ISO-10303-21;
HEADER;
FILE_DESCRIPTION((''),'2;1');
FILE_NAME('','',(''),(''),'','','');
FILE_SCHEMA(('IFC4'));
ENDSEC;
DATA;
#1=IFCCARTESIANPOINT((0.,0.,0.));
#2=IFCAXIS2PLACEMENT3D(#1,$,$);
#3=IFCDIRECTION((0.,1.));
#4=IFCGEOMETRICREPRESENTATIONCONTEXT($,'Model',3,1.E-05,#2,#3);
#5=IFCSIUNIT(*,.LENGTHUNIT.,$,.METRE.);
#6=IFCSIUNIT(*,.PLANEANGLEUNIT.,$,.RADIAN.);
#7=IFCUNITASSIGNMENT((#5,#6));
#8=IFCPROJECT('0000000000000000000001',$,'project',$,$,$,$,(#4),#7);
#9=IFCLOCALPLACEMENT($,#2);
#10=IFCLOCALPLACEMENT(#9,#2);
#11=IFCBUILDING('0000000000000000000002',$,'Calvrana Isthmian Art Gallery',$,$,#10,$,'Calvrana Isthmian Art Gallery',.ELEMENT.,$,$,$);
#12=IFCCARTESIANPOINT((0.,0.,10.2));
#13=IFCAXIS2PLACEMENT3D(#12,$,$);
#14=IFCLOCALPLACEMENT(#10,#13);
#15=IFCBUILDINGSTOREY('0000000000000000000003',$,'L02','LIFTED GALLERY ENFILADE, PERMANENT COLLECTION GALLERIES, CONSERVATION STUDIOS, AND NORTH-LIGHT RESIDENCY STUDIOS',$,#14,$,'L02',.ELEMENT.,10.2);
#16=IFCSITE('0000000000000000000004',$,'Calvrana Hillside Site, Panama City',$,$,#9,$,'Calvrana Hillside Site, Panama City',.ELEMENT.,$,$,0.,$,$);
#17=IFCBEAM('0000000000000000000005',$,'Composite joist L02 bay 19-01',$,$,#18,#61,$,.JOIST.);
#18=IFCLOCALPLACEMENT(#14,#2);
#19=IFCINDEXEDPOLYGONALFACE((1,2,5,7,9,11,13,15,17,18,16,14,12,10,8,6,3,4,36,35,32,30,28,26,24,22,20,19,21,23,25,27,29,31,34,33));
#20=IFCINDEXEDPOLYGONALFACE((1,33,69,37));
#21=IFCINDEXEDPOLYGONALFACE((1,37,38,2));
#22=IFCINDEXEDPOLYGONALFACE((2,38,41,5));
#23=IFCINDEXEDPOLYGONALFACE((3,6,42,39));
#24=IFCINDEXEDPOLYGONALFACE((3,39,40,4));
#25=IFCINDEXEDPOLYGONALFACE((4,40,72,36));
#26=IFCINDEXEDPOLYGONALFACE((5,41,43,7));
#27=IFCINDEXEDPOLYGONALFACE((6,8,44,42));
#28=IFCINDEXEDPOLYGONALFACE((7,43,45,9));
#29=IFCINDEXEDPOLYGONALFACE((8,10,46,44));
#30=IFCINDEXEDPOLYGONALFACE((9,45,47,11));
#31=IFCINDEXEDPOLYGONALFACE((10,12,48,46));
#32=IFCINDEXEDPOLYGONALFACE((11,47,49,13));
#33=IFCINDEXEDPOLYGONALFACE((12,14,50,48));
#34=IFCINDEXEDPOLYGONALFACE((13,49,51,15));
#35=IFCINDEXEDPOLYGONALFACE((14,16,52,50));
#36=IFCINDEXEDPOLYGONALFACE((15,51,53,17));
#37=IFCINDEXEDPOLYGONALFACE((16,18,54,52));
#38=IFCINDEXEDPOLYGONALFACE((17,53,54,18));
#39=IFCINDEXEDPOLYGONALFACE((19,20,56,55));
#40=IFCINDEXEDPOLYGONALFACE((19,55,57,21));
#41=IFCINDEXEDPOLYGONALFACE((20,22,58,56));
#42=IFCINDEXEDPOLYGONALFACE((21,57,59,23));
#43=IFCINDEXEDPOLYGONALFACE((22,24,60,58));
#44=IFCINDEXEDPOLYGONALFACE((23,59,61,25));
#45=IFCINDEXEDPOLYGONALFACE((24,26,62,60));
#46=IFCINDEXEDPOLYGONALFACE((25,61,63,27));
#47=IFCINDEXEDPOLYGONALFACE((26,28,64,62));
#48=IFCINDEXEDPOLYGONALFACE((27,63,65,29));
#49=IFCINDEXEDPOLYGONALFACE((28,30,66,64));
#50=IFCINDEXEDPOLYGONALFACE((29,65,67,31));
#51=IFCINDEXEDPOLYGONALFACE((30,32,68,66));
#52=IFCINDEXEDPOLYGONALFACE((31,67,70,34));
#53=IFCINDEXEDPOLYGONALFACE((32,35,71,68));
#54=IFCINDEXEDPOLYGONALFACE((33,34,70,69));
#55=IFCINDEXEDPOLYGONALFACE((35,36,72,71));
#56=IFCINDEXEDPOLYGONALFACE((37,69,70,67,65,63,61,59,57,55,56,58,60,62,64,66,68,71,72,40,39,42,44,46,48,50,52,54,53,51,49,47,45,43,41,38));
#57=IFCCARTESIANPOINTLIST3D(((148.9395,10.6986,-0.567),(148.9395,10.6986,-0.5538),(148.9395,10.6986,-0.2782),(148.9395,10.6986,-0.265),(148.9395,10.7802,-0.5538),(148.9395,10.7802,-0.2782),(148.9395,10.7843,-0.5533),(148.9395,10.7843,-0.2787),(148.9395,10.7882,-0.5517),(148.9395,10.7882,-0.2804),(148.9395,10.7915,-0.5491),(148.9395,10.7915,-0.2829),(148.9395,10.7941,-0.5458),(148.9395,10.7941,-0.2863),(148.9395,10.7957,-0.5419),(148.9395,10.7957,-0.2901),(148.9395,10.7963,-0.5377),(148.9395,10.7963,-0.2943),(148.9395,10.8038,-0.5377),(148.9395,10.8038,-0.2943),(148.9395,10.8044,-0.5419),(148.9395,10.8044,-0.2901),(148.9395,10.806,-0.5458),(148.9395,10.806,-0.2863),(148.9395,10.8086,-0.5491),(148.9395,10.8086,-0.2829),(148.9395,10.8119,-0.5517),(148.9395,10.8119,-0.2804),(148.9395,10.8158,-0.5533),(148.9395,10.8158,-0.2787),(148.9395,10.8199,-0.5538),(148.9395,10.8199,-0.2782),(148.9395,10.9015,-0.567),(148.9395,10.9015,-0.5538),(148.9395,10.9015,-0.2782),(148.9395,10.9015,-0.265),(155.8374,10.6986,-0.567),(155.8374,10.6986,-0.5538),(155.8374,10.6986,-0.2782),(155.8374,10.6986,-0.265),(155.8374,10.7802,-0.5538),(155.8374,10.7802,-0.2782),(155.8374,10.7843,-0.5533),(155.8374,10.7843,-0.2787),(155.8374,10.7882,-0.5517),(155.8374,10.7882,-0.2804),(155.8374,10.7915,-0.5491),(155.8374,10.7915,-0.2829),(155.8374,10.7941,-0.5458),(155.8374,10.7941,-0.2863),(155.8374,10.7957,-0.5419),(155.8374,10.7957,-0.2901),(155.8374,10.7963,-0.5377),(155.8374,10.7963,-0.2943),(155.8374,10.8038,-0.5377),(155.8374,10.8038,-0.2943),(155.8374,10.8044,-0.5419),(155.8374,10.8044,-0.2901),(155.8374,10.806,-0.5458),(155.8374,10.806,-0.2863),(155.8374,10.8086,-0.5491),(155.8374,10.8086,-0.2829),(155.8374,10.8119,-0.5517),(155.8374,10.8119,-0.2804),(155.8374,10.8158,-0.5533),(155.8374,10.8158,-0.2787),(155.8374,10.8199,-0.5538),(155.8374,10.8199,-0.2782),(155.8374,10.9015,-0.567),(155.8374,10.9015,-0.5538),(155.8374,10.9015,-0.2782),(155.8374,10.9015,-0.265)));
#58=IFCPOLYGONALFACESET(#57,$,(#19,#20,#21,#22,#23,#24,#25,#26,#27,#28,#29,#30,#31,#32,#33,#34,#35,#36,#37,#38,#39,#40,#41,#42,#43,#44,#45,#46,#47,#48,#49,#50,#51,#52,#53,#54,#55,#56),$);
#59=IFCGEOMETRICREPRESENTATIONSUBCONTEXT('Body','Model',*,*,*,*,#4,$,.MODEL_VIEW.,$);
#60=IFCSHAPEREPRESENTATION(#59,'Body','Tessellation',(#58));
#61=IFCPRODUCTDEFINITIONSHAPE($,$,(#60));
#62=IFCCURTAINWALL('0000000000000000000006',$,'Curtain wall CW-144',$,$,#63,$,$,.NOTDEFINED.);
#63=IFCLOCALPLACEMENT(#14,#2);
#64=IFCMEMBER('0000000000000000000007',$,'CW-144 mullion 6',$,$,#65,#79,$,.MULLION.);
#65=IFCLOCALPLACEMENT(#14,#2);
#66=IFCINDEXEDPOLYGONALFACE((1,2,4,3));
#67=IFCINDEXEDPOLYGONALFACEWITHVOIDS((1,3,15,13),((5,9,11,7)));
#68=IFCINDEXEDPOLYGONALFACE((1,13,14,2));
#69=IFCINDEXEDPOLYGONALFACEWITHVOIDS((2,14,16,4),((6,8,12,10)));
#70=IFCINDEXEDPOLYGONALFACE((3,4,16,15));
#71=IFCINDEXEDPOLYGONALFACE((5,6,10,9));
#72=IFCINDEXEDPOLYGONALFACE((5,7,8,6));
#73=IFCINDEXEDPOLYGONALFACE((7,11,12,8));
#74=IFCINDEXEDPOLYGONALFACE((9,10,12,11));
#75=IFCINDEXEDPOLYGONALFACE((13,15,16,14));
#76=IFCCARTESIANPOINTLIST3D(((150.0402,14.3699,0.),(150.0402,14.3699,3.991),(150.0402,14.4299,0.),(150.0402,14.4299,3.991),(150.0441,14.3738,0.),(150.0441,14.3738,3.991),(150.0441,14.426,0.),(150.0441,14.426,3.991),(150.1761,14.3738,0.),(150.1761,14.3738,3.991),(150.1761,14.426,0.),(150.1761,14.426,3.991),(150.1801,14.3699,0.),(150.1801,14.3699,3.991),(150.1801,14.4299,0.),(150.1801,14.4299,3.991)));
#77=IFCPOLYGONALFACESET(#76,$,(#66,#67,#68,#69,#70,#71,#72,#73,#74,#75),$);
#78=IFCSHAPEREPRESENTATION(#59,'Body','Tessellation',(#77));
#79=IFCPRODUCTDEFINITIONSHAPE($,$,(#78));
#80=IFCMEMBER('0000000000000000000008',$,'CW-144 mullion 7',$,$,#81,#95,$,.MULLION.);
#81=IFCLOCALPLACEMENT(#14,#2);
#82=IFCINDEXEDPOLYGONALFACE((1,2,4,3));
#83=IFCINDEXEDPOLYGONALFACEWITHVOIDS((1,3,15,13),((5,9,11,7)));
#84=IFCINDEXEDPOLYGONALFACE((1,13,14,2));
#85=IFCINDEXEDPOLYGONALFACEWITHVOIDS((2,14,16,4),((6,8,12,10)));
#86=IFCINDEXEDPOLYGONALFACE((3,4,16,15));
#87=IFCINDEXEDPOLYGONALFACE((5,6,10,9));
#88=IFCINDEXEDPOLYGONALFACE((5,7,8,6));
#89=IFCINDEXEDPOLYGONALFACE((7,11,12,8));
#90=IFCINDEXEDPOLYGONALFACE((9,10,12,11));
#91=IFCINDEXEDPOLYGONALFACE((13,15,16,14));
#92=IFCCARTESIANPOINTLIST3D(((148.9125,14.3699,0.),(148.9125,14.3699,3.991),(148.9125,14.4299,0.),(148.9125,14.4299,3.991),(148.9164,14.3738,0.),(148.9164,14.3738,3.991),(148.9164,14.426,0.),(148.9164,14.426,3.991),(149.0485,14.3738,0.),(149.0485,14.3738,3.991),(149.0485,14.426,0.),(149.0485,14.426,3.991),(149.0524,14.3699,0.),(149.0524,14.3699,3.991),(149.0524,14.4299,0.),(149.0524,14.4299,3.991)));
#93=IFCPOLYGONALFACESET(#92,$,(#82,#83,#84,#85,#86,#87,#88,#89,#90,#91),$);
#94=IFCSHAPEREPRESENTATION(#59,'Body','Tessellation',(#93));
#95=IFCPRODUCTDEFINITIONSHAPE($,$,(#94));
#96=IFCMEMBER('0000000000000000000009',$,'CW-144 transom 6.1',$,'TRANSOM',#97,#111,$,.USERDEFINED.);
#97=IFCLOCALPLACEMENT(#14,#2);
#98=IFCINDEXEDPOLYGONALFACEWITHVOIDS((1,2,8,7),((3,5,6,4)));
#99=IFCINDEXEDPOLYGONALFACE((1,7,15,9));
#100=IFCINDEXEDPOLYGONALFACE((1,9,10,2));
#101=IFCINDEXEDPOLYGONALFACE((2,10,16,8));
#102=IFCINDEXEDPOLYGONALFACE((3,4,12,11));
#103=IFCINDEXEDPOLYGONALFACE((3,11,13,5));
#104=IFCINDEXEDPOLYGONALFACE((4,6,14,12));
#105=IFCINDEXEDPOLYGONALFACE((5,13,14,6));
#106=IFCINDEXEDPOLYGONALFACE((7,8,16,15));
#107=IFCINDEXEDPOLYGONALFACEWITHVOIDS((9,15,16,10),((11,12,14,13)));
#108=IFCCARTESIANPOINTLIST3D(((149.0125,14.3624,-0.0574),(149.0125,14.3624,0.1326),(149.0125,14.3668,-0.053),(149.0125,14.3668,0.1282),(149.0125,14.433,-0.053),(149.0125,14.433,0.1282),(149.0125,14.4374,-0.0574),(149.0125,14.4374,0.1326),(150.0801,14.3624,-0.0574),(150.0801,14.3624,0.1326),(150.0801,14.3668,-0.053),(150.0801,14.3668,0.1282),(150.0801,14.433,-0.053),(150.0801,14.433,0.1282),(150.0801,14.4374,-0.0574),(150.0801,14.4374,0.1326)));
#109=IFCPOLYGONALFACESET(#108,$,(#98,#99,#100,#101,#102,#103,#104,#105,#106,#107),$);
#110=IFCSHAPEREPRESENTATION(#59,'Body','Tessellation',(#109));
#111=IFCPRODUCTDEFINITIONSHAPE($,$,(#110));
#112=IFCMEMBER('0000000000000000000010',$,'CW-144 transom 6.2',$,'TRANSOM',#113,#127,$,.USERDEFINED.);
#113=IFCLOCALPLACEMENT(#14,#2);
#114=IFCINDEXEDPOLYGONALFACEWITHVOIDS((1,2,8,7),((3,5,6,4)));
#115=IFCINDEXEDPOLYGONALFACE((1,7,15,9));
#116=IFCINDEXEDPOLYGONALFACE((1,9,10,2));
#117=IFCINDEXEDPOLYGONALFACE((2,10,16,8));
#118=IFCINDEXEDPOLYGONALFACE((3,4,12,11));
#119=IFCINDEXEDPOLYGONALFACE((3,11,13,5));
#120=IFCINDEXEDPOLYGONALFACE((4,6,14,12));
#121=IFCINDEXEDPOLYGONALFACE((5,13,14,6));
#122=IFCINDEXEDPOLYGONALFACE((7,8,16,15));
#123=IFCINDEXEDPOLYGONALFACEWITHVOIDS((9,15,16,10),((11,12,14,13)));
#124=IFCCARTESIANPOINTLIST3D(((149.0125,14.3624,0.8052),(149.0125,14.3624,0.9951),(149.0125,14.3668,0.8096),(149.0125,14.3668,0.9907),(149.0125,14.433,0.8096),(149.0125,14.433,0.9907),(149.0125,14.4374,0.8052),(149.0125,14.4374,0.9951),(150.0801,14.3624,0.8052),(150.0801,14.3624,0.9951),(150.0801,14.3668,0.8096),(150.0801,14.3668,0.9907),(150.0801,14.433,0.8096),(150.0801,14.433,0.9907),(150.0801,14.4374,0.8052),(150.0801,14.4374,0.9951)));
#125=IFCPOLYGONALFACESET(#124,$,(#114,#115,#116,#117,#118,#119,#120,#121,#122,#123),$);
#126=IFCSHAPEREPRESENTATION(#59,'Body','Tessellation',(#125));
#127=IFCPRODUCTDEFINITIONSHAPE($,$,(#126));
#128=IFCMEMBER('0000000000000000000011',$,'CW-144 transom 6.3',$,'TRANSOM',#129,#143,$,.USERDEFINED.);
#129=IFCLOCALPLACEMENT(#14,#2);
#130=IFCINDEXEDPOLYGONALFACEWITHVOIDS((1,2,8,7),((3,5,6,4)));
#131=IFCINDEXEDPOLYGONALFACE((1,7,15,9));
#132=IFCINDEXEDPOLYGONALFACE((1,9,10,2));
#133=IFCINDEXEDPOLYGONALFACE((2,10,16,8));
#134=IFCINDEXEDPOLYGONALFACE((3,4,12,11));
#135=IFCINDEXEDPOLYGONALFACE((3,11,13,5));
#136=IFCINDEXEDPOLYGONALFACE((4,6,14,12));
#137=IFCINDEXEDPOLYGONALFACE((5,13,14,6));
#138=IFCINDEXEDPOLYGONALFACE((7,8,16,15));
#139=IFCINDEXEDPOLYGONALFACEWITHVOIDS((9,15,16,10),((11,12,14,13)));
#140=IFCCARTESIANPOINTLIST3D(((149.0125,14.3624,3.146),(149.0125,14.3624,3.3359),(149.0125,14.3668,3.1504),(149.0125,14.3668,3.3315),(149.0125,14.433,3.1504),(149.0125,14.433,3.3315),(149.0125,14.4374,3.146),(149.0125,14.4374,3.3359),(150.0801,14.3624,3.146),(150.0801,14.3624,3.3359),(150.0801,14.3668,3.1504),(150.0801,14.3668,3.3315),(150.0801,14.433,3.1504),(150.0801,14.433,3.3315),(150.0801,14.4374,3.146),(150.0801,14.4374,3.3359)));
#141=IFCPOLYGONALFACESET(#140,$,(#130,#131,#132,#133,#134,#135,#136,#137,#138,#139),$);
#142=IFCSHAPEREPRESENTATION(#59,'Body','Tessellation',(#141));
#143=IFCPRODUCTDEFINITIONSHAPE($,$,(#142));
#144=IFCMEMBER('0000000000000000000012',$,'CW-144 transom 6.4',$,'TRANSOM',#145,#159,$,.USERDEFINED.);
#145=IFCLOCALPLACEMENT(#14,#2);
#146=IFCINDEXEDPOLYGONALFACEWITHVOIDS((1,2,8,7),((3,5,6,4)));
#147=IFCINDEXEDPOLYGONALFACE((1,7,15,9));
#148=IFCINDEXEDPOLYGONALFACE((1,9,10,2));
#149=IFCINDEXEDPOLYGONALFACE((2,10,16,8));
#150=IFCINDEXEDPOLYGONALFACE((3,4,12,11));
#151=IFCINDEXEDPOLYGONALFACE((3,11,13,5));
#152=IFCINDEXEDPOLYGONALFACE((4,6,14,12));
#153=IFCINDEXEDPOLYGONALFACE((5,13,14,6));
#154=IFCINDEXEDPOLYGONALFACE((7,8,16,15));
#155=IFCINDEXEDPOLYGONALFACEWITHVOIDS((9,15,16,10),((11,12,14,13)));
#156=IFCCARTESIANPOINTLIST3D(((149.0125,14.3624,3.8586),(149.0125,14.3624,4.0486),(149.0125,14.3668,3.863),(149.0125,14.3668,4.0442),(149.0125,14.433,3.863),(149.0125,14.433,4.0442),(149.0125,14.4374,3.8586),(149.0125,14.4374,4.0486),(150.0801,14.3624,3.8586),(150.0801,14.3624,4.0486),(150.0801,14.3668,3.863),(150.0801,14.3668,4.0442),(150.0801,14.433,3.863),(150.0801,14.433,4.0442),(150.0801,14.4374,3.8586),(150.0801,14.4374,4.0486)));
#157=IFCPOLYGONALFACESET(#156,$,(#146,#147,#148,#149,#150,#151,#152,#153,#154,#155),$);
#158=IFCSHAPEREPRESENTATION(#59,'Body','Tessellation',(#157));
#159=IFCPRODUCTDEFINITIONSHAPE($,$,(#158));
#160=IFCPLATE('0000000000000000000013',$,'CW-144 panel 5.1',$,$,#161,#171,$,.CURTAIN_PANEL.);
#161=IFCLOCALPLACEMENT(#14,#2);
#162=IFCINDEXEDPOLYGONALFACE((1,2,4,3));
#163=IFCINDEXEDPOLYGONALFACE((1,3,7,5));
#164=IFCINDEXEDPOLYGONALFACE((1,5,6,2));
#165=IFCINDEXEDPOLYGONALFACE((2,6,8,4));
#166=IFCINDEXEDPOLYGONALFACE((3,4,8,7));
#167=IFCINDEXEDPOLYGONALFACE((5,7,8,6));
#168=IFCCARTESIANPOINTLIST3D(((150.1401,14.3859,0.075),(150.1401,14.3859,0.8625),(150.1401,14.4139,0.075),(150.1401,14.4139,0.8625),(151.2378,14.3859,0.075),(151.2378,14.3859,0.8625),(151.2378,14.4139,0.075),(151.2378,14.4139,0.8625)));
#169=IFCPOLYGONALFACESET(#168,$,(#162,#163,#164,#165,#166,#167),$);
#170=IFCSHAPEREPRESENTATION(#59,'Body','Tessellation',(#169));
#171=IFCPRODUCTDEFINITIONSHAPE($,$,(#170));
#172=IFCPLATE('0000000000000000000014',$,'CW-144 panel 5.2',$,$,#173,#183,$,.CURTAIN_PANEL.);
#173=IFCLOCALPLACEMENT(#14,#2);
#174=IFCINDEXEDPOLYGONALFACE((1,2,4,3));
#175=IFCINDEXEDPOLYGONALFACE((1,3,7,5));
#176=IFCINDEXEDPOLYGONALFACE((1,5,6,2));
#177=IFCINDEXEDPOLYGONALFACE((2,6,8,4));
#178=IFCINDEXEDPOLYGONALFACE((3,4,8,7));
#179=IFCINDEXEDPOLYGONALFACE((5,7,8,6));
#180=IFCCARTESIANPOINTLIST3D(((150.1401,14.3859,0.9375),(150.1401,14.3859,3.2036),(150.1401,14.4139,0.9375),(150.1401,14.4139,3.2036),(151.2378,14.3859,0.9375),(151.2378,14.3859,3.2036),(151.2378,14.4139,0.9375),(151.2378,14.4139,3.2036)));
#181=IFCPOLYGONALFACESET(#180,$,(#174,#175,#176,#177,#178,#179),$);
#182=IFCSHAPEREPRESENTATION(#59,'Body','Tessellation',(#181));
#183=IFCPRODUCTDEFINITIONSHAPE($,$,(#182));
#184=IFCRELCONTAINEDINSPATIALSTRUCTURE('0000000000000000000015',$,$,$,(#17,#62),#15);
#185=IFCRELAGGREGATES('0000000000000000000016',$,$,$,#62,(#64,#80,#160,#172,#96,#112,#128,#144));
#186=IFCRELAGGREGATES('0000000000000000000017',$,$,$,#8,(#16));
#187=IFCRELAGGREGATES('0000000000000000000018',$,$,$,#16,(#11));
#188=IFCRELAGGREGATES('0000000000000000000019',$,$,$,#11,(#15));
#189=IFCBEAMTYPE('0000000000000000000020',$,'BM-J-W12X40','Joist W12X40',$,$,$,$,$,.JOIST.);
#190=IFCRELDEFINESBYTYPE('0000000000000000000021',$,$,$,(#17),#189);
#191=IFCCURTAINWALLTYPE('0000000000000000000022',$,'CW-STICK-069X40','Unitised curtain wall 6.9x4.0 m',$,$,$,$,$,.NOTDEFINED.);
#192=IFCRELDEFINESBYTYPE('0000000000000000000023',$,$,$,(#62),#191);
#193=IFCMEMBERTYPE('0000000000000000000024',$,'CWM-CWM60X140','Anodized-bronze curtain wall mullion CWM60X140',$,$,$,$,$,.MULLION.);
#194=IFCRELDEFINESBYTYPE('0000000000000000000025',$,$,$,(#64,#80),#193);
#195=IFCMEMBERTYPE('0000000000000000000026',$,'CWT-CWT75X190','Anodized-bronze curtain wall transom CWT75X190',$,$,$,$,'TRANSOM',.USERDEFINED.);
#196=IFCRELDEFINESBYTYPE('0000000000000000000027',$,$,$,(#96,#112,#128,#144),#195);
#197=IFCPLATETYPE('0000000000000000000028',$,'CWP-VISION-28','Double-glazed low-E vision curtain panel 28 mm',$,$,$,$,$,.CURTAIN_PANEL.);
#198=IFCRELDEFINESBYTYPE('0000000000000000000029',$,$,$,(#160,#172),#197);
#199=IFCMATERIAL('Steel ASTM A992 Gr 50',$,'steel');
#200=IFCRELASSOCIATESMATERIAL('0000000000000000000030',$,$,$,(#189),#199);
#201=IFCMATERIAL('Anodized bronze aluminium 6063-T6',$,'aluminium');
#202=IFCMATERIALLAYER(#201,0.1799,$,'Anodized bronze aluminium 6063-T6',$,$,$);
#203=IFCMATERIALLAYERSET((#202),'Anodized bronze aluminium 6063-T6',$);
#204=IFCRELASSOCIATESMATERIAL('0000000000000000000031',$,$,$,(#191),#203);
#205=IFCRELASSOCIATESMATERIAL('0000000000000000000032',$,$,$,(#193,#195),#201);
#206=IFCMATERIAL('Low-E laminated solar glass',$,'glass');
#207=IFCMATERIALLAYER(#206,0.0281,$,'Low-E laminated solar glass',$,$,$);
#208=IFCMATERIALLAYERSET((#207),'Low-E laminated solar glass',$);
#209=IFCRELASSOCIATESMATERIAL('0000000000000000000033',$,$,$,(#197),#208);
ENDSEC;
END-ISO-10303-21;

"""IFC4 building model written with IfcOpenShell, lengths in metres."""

from ifc_helpers import new_model, si_unit, direction, frame, origin, origin_2d, place, context, subcontext, project, spatial, rectangle, hollow_rectangle, i_section, extrude, material, layer, layer_set, material_profile, profile_set, type_object, element, aggregate, save


model = new_model("IFC4")

# Units and contexts
model_context = context("Model", 3, precision=1e-05, world=origin(), true_north=direction((0.0, 1.0)))
body_context = subcontext(model_context, "Body", "Model", "MODEL_VIEW")
ifc_project = project(units=[si_unit("LENGTHUNIT", "METRE"), si_unit("PLANEANGLEUNIT", "RADIAN")], contexts=[model_context])

# Site, building, storey
site_placement = place(None, origin())
site = spatial("IfcSite", under=ifc_project, at=site_placement, Name="Calvrana Hillside Site, Panama City", LongName="Calvrana Hillside Site, Panama City", CompositionType="ELEMENT", RefElevation=0.0)
building_placement = place(site_placement, origin())
building = spatial("IfcBuilding", under=site, at=building_placement, Name="Calvrana Isthmian Art Gallery", LongName="Calvrana Isthmian Art Gallery", CompositionType="ELEMENT")
storey_placement = place(building_placement, frame((0.0, 0.0, 10.2)))
storey = spatial("IfcBuildingStorey", under=building, at=storey_placement, Name="L02", Description="LIFTED GALLERY ENFILADE, PERMANENT COLLECTION GALLERIES, CONSERVATION STUDIOS, AND NORTH-LIGHT RESIDENCY STUDIOS", LongName="L02", CompositionType="ELEMENT", Elevation=10.2)

# Beam
ifc_material_1 = material(Name="Steel ASTM A992 Gr 50", Category="steel")
ifc_material_profile_1 = material_profile(ifc_material_1, i_section(OverallWidth=0.2029, OverallDepth=0.302, WebThickness=0.0076, FlangeThickness=0.0132, FilletRadius=0.0161, at=origin_2d()), Name="W12X40")
ifc_profile_set_1 = profile_set([ifc_material_profile_1], Name="Steel ASTM A992 Gr 50")
beam_type_1 = type_object("IfcBeamType", Name="BM-J-W12X40", Description="Joist W12X40", PredefinedType="JOIST", material=ifc_profile_set_1)
beam_1_placement = place(storey_placement, frame((148.9395, 10.8, -0.416), z_axis=(1.0, 0.0, 0.0), x_axis=(0.0, 1.0, 0.0)))
element("IfcBeam", 1, at=beam_1_placement, inside=storey, type_object=beam_type_1, Name="Composite joist L02 bay 19-01", PredefinedType="JOIST", context=body_context, shape_type="SweptSolid", body=[
    extrude(i_section(OverallWidth=0.2029, OverallDepth=0.302, WebThickness=0.0076, FlangeThickness=0.0132, FilletRadius=0.0161, at=origin_2d()), origin(), (0.0, 0.0, 1.0), 6.8979),
])

# Curtain wall, members, plates
ifc_material_2 = material(Name="Anodized bronze aluminium 6063-T6", Category="aluminium")
ifc_layer_1 = layer(ifc_material_2, 0.1799, Name="Anodized bronze aluminium 6063-T6")
ifc_layer_set_1 = layer_set([ifc_layer_1], Name="Anodized bronze aluminium 6063-T6")
curtain_wall_type = type_object("IfcCurtainWallType", Name="CW-STICK-069X40", Description="Unitised curtain wall 6.9x4.0 m", PredefinedType="NOTDEFINED", material=ifc_layer_set_1)
curtain_wall_placement = place(storey_placement, origin())
curtain_wall = element("IfcCurtainWall", 2, at=curtain_wall_placement, inside=storey, type_object=curtain_wall_type, Name="Curtain wall CW-144", PredefinedType="NOTDEFINED")
ifc_material_profile_2 = material_profile(ifc_material_2, hollow_rectangle(XDim=0.0601, YDim=0.1399, WallThickness=0.0039, at=origin_2d()), Name="CWM60X140")
ifc_profile_set_2 = profile_set([ifc_material_profile_2], Name="Anodized bronze aluminium 6063-T6")
member_type_1 = type_object("IfcMemberType", Name="CWM-CWM60X140", Description="Anodized-bronze curtain wall mullion CWM60X140", PredefinedType="MULLION", material=ifc_profile_set_2)
member_1_placement = place(storey_placement, frame((150.1101, 14.3999, 0.0), z_axis=(0.0, 0.0, 1.0), x_axis=(0.0, -1.0, 0.0)))
member_1 = element("IfcMember", 3, at=member_1_placement, type_object=member_type_1, Name="CW-144 mullion 6", PredefinedType="MULLION", context=body_context, shape_type="SweptSolid", body=[
    extrude(hollow_rectangle(XDim=0.0601, YDim=0.1399, WallThickness=0.0039, at=origin_2d()), origin(), (0.0, 0.0, 1.0), 3.991),
])
member_2_placement = place(storey_placement, frame((148.9824, 14.3999, 0.0), z_axis=(0.0, 0.0, 1.0), x_axis=(0.0, -1.0, 0.0)))
member_2 = element("IfcMember", 4, at=member_2_placement, type_object=member_type_1, Name="CW-144 mullion 7", PredefinedType="MULLION", context=body_context, shape_type="SweptSolid", body=[
    extrude(hollow_rectangle(XDim=0.0601, YDim=0.1399, WallThickness=0.0039, at=origin_2d()), origin(), (0.0, 0.0, 1.0), 3.991),
])
ifc_material_profile_3 = material_profile(ifc_material_2, hollow_rectangle(XDim=0.075, YDim=0.1899, WallThickness=0.0044, at=origin_2d()), Name="CWT75X190")
ifc_profile_set_3 = profile_set([ifc_material_profile_3], Name="Anodized bronze aluminium 6063-T6")
member_type_2 = type_object("IfcMemberType", Name="CWT-CWT75X190", Description="Anodized-bronze curtain wall transom CWT75X190", ElementType="TRANSOM", PredefinedType="USERDEFINED", material=ifc_profile_set_3)
member_3_placement = place(storey_placement, frame((150.0801, 14.3999, 0.0376), z_axis=(-1.0, 0.0, 0.0), x_axis=(0.0, -1.0, 0.0)))
member_3 = element("IfcMember", 5, at=member_3_placement, type_object=member_type_2, Name="CW-144 transom 6.1", ObjectType="TRANSOM", PredefinedType="USERDEFINED", context=body_context, shape_type="SweptSolid", body=[
    extrude(hollow_rectangle(XDim=0.075, YDim=0.1899, WallThickness=0.0044, at=origin_2d()), origin(), (0.0, 0.0, 1.0), 1.0676),
])
member_4_placement = place(storey_placement, frame((150.0801, 14.3999, 0.9001), z_axis=(-1.0, 0.0, 0.0), x_axis=(0.0, -1.0, 0.0)))
member_4 = element("IfcMember", 6, at=member_4_placement, type_object=member_type_2, Name="CW-144 transom 6.2", ObjectType="TRANSOM", PredefinedType="USERDEFINED", context=body_context, shape_type="SweptSolid", body=[
    extrude(hollow_rectangle(XDim=0.075, YDim=0.1899, WallThickness=0.0044, at=origin_2d()), origin(), (0.0, 0.0, 1.0), 1.0676),
])
member_5_placement = place(storey_placement, frame((150.0801, 14.3999, 3.241), z_axis=(-1.0, 0.0, 0.0), x_axis=(0.0, -1.0, 0.0)))
member_5 = element("IfcMember", 7, at=member_5_placement, type_object=member_type_2, Name="CW-144 transom 6.3", ObjectType="TRANSOM", PredefinedType="USERDEFINED", context=body_context, shape_type="SweptSolid", body=[
    extrude(hollow_rectangle(XDim=0.075, YDim=0.1899, WallThickness=0.0044, at=origin_2d()), origin(), (0.0, 0.0, 1.0), 1.0676),
])
member_6_placement = place(storey_placement, frame((150.0801, 14.3999, 3.9536), z_axis=(-1.0, 0.0, 0.0), x_axis=(0.0, -1.0, 0.0)))
member_6 = element("IfcMember", 8, at=member_6_placement, type_object=member_type_2, Name="CW-144 transom 6.4", ObjectType="TRANSOM", PredefinedType="USERDEFINED", context=body_context, shape_type="SweptSolid", body=[
    extrude(hollow_rectangle(XDim=0.075, YDim=0.1899, WallThickness=0.0044, at=origin_2d()), origin(), (0.0, 0.0, 1.0), 1.0676),
])
ifc_material_3 = material(Name="Low-E laminated solar glass", Category="glass")
ifc_layer_2 = layer(ifc_material_3, 0.0281, Name="Low-E laminated solar glass")
ifc_layer_set_2 = layer_set([ifc_layer_2], Name="Low-E laminated solar glass")
plate_type_1 = type_object("IfcPlateType", Name="CWP-VISION-28", Description="Double-glazed low-E vision curtain panel 28 mm", PredefinedType="CURTAIN_PANEL", material=ifc_layer_set_2)
plate_1_placement = place(storey_placement, frame((150.689, 14.3999, 0.075), z_axis=(0.0, 0.0, 1.0), x_axis=(-1.0, 0.0, 0.0)))
plate_1 = element("IfcPlate", 9, at=plate_1_placement, type_object=plate_type_1, Name="CW-144 panel 5.1", PredefinedType="CURTAIN_PANEL", context=body_context, shape_type="SweptSolid", body=[
    extrude(rectangle(XDim=1.0977, YDim=0.0281, at=origin_2d()), origin(), (0.0, 0.0, 1.0), 0.7876),
])
plate_2_placement = place(storey_placement, frame((150.689, 14.3999, 0.9375), z_axis=(0.0, 0.0, 1.0), x_axis=(-1.0, 0.0, 0.0)))
plate_2 = element("IfcPlate", 10, at=plate_2_placement, type_object=plate_type_1, Name="CW-144 panel 5.2", PredefinedType="CURTAIN_PANEL", context=body_context, shape_type="SweptSolid", body=[
    extrude(rectangle(XDim=1.0977, YDim=0.0281, at=origin_2d()), origin(), (0.0, 0.0, 1.0), 2.2661),
])
aggregate(curtain_wall, [member_1, member_2, plate_1, plate_2, member_3, member_4, member_5, member_6])

save(model, "model.ifc")
